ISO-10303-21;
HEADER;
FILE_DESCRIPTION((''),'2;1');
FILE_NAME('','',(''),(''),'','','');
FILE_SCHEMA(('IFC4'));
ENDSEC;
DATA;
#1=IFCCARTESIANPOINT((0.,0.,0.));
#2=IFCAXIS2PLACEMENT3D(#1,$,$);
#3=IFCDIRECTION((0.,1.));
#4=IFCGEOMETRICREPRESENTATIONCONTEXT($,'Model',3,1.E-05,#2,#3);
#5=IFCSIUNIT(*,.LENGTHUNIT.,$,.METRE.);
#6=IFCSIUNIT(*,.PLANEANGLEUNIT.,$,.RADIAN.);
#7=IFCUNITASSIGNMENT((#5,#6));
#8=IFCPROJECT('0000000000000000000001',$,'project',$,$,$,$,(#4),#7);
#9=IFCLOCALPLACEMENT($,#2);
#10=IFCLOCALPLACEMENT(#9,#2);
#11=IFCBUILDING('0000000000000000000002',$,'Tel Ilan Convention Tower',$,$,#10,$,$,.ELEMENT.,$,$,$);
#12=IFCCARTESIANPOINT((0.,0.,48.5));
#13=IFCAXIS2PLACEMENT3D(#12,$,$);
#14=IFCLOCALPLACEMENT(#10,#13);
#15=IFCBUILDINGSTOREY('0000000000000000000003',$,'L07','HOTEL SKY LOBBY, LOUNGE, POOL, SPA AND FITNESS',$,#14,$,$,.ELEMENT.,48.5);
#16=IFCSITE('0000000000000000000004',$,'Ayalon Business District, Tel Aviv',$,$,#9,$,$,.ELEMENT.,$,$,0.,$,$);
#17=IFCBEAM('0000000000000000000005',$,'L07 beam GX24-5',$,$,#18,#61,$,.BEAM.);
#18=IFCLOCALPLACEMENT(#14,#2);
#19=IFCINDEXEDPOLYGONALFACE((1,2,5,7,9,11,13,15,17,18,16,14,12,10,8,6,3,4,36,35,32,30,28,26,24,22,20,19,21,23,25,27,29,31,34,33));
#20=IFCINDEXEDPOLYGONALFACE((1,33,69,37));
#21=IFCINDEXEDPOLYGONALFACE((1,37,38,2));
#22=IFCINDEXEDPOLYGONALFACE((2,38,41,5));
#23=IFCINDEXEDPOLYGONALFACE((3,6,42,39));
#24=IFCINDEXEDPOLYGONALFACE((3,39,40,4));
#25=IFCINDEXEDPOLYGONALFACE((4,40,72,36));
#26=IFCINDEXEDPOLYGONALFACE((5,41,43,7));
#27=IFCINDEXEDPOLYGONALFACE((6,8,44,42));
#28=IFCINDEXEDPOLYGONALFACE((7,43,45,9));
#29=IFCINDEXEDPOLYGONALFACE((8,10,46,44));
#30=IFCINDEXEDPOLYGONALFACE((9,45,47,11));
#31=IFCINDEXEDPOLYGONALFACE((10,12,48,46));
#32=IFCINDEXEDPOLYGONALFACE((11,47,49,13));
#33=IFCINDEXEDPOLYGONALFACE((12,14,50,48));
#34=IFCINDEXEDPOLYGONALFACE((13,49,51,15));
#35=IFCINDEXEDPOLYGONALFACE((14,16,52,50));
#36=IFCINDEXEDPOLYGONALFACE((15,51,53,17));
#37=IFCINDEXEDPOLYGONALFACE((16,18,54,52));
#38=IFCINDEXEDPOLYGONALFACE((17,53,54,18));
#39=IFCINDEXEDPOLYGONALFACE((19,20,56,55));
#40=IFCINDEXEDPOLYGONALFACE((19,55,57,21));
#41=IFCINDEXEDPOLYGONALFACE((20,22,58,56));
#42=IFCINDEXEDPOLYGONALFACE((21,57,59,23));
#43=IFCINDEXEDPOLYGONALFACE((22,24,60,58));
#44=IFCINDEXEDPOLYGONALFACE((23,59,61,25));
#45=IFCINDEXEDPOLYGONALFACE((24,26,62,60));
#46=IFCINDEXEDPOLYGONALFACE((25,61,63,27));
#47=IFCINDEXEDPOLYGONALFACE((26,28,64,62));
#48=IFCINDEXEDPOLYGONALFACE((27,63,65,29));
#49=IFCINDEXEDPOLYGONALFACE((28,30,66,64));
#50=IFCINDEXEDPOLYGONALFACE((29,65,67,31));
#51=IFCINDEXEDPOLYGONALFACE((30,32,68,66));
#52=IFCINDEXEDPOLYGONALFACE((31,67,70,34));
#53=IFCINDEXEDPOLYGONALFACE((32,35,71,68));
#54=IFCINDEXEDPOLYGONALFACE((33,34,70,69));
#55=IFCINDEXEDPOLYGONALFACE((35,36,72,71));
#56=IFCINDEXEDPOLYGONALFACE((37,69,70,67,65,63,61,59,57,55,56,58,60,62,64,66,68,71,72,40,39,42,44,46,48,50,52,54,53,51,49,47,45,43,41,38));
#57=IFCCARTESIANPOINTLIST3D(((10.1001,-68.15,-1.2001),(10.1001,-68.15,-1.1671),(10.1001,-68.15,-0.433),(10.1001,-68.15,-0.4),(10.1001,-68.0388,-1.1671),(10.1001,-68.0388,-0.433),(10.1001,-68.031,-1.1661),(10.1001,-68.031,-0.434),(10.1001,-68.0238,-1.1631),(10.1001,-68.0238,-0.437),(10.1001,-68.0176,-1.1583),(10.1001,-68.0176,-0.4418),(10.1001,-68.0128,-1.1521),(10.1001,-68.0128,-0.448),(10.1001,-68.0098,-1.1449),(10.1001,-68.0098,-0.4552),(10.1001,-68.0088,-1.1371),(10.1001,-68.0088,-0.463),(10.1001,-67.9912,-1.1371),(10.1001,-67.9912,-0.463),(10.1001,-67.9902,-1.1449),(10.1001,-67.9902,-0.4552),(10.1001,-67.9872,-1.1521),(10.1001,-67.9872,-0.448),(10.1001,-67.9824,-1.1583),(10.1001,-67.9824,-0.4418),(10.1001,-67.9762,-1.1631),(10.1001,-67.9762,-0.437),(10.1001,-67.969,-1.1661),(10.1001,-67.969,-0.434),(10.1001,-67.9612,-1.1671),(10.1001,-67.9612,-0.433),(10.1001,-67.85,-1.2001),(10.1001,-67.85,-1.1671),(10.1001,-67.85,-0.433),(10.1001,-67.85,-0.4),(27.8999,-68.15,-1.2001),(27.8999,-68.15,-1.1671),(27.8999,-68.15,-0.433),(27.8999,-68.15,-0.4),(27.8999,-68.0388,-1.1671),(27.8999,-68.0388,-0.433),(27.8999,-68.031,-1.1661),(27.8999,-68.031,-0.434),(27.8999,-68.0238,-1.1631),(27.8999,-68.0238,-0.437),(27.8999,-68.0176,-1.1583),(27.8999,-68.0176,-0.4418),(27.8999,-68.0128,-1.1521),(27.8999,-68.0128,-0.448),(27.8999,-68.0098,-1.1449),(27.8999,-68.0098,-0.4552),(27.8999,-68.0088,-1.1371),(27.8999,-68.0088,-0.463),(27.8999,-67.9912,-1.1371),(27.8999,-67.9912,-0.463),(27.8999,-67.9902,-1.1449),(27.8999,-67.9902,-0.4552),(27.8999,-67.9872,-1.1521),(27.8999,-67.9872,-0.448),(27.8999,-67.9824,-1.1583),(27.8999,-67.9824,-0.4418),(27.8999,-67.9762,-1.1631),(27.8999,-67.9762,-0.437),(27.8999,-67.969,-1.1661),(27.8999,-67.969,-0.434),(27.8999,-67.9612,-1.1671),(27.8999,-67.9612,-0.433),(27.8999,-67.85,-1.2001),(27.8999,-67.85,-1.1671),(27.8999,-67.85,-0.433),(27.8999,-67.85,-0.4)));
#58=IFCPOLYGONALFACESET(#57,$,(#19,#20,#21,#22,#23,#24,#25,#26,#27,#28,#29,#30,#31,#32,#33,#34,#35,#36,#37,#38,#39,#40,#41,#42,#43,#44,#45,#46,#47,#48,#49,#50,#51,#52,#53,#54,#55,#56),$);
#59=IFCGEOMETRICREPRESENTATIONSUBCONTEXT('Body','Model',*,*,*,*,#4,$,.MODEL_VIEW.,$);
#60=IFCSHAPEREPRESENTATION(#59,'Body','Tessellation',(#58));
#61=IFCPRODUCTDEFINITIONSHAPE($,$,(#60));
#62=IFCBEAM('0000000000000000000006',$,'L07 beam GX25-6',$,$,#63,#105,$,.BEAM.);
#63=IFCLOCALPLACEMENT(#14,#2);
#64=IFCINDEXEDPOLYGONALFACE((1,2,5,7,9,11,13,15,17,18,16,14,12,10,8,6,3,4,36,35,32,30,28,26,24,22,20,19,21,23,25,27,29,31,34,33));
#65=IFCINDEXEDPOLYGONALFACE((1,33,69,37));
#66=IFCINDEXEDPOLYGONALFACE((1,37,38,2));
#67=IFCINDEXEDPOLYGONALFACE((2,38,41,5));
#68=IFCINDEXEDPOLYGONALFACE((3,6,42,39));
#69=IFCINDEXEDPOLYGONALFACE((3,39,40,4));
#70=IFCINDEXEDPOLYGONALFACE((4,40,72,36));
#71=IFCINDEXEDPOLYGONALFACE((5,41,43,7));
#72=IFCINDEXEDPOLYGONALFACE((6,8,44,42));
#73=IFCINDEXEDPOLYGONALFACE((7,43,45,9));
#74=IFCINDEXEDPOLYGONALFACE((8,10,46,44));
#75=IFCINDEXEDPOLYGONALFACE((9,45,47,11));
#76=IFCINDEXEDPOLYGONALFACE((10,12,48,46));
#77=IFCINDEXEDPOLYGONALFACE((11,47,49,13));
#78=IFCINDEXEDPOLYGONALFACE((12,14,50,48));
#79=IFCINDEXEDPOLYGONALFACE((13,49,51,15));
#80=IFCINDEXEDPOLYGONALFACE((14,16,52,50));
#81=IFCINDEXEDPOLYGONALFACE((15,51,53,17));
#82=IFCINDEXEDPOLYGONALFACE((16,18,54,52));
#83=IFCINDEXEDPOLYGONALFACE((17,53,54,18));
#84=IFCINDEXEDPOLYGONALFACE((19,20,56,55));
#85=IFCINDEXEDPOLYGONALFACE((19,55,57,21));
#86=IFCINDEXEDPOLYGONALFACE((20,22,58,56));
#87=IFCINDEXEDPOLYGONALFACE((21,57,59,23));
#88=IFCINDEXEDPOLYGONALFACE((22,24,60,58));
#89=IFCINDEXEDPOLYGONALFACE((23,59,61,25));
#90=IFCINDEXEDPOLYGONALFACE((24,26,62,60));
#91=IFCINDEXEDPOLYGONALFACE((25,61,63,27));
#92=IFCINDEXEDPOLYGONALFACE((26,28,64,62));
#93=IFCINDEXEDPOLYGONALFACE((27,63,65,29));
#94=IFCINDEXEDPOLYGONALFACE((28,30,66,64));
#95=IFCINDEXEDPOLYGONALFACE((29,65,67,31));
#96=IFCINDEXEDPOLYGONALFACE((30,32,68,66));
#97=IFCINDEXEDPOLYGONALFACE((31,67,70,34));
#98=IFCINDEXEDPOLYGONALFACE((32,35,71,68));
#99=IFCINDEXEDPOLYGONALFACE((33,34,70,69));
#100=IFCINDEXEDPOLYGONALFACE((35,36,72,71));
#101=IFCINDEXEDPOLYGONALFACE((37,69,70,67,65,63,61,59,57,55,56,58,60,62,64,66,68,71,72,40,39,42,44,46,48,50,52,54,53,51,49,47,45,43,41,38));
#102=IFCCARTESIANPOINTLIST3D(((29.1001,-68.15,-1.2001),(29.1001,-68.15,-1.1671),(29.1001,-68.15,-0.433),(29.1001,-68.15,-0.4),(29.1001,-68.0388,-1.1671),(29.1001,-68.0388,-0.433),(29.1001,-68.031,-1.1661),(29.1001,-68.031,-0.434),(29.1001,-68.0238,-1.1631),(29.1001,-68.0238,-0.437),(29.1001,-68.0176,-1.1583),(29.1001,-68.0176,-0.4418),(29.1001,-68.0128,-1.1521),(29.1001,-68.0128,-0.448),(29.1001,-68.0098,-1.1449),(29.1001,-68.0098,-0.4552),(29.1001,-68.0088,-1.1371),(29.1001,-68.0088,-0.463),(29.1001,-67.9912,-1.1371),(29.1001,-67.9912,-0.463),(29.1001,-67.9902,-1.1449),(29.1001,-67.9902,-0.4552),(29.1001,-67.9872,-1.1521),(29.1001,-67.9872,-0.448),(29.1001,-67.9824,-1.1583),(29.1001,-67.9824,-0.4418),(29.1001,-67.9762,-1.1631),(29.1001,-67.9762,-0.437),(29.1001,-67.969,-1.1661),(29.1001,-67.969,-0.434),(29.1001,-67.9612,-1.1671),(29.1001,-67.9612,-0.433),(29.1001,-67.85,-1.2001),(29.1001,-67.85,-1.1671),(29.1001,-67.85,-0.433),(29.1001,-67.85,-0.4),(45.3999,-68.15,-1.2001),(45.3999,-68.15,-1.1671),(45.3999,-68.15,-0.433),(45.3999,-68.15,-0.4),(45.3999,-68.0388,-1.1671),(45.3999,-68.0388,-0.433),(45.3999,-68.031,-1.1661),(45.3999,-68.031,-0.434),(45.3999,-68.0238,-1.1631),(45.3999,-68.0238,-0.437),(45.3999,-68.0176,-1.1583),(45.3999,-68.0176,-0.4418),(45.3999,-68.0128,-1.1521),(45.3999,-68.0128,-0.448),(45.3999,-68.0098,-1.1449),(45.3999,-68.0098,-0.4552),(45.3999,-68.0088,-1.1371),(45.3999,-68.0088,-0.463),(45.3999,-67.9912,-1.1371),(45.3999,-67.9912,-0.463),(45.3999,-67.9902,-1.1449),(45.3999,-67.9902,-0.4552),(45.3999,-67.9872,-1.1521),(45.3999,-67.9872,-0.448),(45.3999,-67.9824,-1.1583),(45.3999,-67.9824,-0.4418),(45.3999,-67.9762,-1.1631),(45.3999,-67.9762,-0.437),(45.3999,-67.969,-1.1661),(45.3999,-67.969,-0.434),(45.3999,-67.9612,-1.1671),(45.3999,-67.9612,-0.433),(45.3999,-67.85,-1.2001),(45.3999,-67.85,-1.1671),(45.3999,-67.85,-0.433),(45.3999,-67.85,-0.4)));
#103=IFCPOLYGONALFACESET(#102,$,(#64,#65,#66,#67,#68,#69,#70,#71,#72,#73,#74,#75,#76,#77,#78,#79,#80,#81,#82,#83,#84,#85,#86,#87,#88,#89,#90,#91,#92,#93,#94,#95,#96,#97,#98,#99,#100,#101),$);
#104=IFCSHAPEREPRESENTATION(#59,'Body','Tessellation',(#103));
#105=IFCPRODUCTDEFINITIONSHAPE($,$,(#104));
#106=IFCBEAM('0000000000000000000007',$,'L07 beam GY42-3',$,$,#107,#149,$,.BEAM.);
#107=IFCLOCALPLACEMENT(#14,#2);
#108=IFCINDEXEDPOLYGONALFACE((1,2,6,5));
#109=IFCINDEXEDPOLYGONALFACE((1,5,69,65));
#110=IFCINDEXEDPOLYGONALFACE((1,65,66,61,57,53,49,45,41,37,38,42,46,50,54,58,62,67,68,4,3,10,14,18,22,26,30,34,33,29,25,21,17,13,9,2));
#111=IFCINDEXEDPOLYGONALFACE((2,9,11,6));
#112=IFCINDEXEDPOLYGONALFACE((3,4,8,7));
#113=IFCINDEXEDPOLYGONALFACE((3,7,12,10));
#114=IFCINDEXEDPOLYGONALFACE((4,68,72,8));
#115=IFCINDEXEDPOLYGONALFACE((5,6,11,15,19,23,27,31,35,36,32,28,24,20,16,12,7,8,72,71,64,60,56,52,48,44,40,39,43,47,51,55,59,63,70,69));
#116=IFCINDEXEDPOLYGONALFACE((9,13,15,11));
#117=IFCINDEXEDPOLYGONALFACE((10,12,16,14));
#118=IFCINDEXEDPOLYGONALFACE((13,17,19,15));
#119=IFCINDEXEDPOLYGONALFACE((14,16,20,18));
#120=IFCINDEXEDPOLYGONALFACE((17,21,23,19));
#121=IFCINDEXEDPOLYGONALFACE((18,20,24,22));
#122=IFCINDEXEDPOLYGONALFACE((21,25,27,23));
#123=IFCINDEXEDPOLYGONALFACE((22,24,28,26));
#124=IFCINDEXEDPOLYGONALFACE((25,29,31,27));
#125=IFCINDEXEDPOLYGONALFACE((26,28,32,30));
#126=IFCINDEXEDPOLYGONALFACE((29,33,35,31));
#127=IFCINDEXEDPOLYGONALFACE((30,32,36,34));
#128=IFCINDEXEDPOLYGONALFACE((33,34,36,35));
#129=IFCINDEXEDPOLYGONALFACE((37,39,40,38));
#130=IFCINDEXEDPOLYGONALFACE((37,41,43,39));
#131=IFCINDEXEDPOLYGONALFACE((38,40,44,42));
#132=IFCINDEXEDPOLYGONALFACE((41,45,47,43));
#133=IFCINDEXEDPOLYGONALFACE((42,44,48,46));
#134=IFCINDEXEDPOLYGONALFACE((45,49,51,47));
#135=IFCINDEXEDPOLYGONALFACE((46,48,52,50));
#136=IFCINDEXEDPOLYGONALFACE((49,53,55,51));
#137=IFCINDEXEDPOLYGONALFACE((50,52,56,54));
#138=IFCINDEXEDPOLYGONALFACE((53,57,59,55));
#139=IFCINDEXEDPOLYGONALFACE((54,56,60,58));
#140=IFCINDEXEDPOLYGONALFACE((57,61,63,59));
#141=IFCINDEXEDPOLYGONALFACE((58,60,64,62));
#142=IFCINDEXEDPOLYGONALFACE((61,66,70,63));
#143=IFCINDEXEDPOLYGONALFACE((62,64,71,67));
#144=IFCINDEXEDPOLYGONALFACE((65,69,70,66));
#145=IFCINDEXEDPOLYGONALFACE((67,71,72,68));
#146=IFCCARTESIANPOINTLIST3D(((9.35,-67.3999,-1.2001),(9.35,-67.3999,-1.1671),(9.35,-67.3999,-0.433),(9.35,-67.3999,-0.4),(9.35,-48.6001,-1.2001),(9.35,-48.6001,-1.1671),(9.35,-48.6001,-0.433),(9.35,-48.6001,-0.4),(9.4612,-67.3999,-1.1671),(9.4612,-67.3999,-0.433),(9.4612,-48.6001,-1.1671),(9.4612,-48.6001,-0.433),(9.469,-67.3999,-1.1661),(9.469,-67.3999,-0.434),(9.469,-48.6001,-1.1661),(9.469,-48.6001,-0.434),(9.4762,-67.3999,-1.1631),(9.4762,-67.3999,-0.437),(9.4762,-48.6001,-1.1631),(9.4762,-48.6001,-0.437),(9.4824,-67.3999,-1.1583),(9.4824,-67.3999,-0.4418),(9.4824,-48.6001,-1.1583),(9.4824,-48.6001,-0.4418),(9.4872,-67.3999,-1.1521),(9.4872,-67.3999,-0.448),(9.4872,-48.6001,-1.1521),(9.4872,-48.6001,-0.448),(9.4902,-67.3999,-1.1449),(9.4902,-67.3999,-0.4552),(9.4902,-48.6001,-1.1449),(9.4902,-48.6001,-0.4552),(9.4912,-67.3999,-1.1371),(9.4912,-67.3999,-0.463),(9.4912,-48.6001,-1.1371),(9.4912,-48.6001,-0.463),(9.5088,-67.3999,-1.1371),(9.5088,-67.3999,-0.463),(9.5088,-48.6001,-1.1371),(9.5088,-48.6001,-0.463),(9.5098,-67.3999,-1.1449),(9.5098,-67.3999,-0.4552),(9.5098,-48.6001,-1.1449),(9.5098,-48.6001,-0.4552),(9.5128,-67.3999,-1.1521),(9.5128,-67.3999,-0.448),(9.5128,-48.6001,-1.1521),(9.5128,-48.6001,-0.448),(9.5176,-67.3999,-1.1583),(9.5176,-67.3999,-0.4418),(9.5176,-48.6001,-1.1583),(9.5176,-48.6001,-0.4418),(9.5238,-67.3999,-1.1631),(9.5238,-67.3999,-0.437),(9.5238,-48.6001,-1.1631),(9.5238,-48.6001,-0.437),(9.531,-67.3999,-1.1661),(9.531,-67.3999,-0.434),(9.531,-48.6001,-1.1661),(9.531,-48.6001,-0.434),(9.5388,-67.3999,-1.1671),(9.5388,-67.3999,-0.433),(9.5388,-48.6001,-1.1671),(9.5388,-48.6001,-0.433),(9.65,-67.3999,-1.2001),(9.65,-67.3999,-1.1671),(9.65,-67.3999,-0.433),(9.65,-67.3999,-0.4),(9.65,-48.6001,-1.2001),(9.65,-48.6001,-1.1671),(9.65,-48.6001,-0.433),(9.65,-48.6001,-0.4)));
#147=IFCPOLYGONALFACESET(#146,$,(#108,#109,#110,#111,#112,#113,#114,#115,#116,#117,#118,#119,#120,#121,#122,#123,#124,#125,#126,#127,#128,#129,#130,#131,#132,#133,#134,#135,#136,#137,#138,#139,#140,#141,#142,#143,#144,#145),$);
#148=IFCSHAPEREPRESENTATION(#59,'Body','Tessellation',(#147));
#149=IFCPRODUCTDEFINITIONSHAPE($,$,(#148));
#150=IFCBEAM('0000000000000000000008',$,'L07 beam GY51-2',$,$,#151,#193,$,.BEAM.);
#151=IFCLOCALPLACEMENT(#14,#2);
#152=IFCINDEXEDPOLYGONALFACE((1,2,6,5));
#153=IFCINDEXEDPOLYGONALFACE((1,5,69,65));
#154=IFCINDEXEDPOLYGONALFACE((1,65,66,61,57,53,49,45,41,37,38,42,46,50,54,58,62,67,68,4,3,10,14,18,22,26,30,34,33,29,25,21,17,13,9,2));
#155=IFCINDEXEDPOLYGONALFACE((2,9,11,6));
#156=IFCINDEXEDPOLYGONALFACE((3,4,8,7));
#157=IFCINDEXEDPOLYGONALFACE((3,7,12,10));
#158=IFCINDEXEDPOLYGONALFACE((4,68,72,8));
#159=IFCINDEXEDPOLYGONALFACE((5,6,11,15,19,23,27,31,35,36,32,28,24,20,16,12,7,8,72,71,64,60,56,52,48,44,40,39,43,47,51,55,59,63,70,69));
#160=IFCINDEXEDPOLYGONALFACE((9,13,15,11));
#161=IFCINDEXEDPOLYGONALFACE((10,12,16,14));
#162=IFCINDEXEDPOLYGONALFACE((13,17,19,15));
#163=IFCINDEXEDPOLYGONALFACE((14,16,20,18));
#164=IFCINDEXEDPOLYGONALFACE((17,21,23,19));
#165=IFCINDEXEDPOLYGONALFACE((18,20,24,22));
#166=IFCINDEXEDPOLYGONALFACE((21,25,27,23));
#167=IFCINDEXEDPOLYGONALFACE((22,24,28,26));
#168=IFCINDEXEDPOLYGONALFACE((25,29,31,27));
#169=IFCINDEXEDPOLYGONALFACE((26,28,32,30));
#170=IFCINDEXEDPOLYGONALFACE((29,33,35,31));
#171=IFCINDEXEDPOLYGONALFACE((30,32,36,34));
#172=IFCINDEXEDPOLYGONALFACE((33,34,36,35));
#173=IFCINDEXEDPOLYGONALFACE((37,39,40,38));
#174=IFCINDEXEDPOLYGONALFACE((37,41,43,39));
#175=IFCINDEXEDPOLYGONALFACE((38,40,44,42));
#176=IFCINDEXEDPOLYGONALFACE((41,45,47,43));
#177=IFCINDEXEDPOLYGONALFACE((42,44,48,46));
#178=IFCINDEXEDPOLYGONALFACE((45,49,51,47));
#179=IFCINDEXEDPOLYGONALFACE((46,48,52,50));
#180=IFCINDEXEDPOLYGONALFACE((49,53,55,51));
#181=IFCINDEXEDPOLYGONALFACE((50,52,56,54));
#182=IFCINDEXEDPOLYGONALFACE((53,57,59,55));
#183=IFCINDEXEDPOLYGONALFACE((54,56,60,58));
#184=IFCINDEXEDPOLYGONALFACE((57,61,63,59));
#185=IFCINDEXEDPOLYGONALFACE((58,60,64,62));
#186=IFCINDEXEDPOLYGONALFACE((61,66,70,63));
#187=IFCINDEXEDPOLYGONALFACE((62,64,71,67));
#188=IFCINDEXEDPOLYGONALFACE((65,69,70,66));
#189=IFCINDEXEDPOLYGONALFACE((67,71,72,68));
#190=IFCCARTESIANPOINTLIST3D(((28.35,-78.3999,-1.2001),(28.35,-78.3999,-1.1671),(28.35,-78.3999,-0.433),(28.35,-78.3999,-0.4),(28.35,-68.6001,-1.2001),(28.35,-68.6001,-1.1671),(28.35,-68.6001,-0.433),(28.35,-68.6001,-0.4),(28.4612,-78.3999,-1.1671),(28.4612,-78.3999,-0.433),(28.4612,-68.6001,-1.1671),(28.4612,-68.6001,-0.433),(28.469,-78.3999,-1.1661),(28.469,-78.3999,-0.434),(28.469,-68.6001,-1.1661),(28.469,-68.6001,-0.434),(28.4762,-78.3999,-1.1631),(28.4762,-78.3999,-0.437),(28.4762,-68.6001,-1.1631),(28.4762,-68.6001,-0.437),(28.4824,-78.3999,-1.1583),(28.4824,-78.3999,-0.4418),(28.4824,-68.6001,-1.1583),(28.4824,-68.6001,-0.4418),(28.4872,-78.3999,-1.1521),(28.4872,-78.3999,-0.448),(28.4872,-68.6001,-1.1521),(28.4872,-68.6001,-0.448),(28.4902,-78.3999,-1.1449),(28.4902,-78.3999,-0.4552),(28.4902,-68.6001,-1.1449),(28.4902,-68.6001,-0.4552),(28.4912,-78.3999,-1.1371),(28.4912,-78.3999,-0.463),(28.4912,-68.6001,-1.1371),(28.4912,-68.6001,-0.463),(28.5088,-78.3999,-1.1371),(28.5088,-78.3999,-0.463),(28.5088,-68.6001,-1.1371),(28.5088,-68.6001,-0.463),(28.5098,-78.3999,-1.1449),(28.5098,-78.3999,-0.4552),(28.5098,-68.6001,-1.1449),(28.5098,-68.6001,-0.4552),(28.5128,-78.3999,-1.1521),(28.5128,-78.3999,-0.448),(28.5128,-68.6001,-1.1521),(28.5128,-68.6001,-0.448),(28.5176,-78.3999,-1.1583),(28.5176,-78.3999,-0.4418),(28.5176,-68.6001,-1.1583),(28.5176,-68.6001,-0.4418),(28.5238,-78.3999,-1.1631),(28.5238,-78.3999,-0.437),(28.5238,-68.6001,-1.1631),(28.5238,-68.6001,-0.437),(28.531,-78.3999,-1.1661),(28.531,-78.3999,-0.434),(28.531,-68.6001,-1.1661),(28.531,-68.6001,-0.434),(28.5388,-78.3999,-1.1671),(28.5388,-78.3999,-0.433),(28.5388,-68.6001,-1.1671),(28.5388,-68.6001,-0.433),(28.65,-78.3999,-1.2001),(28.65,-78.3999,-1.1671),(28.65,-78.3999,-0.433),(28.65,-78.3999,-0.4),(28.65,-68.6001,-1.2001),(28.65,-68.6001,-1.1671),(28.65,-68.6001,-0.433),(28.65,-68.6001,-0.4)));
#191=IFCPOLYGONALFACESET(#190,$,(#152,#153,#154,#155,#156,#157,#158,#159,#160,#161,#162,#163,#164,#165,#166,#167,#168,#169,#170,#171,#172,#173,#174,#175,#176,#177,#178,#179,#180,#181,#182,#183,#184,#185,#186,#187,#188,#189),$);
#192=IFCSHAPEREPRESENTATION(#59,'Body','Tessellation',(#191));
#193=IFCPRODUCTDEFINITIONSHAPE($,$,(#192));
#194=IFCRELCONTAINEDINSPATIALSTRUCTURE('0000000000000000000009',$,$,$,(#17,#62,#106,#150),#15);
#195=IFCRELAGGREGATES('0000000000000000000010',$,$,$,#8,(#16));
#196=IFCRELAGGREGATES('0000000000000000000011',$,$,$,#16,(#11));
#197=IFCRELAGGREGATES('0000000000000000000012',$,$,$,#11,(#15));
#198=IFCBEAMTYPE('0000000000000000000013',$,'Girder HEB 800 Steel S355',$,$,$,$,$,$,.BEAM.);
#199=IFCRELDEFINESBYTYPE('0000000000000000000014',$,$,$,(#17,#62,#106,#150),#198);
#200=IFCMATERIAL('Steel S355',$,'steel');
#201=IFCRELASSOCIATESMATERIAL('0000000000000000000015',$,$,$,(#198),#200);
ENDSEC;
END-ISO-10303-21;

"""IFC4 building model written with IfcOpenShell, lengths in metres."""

from ifc_helpers import new_model, si_unit, direction, frame, origin, origin_2d, place, context, subcontext, project, spatial, i_section, extrude, material, material_profile, profile_set, type_object, element, save


model = new_model("IFC4")

# Units and contexts
model_context = context("Model", 3, precision=1e-05, world=origin(), true_north=direction((0.0, 1.0)))
body_context = subcontext(model_context, "Body", "Model", "MODEL_VIEW")
ifc_project = project(units=[si_unit("LENGTHUNIT", "METRE"), si_unit("PLANEANGLEUNIT", "RADIAN")], contexts=[model_context])

# Site, building, storey
site_placement = place(None, origin())
site = spatial("IfcSite", under=ifc_project, at=site_placement, Name="Ayalon Business District, Tel Aviv", CompositionType="ELEMENT", RefElevation=0.0)
building_placement = place(site_placement, origin())
building = spatial("IfcBuilding", under=site, at=building_placement, Name="Tel Ilan Convention Tower", CompositionType="ELEMENT")
storey_placement = place(building_placement, frame((0.0, 0.0, 48.5)))
storey = spatial("IfcBuildingStorey", under=building, at=storey_placement, Name="L07", Description="HOTEL SKY LOBBY, LOUNGE, POOL, SPA AND FITNESS", CompositionType="ELEMENT", Elevation=48.5)

# Beams
ifc_material_1 = material(Name="Steel S355", Category="steel")
ifc_material_profile_1 = material_profile(ifc_material_1, i_section(OverallWidth=0.3, OverallDepth=0.8, WebThickness=0.0176, FlangeThickness=0.033, FilletRadius=0.03, at=origin_2d()), Name="HEB 800")
ifc_profile_set_1 = profile_set([ifc_material_profile_1], Name="Steel S355")
beam_type_1 = type_object("IfcBeamType", Name="Girder HEB 800 Steel S355", PredefinedType="BEAM", material=ifc_profile_set_1)
beam_1_placement = place(storey_placement, frame((10.1001, -68.0, -0.8), z_axis=(1.0, 0.0, 0.0), x_axis=(0.0, 1.0, 0.0)))
element("IfcBeam", 1, at=beam_1_placement, inside=storey, type_object=beam_type_1, Name="L07 beam GX24-5", PredefinedType="BEAM", context=body_context, shape_type="SweptSolid", body=[
    extrude(i_section(OverallWidth=0.3, OverallDepth=0.8, WebThickness=0.0176, FlangeThickness=0.033, FilletRadius=0.03, at=origin_2d()), origin(), (0.0, 0.0, 1.0), 17.7998),
])
beam_2_placement = place(storey_placement, frame((29.1001, -68.0, -0.8), z_axis=(1.0, 0.0, 0.0), x_axis=(0.0, 1.0, 0.0)))
element("IfcBeam", 2, at=beam_2_placement, inside=storey, type_object=beam_type_1, Name="L07 beam GX25-6", PredefinedType="BEAM", context=body_context, shape_type="SweptSolid", body=[
    extrude(i_section(OverallWidth=0.3, OverallDepth=0.8, WebThickness=0.0176, FlangeThickness=0.033, FilletRadius=0.03, at=origin_2d()), origin(), (0.0, 0.0, 1.0), 16.2998),
])
beam_3_placement = place(storey_placement, frame((9.5, -67.3999, -0.8), z_axis=(0.0, 1.0, 0.0), x_axis=(-1.0, 0.0, 0.0)))
element("IfcBeam", 3, at=beam_3_placement, inside=storey, type_object=beam_type_1, Name="L07 beam GY42-3", PredefinedType="BEAM", context=body_context, shape_type="SweptSolid", body=[
    extrude(i_section(OverallWidth=0.3, OverallDepth=0.8, WebThickness=0.0176, FlangeThickness=0.033, FilletRadius=0.03, at=origin_2d()), origin(), (0.0, 0.0, 1.0), 18.7998),
])
beam_4_placement = place(storey_placement, frame((28.5, -78.3999, -0.8), z_axis=(0.0, 1.0, 0.0), x_axis=(-1.0, 0.0, 0.0)))
element("IfcBeam", 4, at=beam_4_placement, inside=storey, type_object=beam_type_1, Name="L07 beam GY51-2", PredefinedType="BEAM", context=body_context, shape_type="SweptSolid", body=[
    extrude(i_section(OverallWidth=0.3, OverallDepth=0.8, WebThickness=0.0176, FlangeThickness=0.033, FilletRadius=0.03, at=origin_2d()), origin(), (0.0, 0.0, 1.0), 9.7998),
])

save(model, "model.ifc")
